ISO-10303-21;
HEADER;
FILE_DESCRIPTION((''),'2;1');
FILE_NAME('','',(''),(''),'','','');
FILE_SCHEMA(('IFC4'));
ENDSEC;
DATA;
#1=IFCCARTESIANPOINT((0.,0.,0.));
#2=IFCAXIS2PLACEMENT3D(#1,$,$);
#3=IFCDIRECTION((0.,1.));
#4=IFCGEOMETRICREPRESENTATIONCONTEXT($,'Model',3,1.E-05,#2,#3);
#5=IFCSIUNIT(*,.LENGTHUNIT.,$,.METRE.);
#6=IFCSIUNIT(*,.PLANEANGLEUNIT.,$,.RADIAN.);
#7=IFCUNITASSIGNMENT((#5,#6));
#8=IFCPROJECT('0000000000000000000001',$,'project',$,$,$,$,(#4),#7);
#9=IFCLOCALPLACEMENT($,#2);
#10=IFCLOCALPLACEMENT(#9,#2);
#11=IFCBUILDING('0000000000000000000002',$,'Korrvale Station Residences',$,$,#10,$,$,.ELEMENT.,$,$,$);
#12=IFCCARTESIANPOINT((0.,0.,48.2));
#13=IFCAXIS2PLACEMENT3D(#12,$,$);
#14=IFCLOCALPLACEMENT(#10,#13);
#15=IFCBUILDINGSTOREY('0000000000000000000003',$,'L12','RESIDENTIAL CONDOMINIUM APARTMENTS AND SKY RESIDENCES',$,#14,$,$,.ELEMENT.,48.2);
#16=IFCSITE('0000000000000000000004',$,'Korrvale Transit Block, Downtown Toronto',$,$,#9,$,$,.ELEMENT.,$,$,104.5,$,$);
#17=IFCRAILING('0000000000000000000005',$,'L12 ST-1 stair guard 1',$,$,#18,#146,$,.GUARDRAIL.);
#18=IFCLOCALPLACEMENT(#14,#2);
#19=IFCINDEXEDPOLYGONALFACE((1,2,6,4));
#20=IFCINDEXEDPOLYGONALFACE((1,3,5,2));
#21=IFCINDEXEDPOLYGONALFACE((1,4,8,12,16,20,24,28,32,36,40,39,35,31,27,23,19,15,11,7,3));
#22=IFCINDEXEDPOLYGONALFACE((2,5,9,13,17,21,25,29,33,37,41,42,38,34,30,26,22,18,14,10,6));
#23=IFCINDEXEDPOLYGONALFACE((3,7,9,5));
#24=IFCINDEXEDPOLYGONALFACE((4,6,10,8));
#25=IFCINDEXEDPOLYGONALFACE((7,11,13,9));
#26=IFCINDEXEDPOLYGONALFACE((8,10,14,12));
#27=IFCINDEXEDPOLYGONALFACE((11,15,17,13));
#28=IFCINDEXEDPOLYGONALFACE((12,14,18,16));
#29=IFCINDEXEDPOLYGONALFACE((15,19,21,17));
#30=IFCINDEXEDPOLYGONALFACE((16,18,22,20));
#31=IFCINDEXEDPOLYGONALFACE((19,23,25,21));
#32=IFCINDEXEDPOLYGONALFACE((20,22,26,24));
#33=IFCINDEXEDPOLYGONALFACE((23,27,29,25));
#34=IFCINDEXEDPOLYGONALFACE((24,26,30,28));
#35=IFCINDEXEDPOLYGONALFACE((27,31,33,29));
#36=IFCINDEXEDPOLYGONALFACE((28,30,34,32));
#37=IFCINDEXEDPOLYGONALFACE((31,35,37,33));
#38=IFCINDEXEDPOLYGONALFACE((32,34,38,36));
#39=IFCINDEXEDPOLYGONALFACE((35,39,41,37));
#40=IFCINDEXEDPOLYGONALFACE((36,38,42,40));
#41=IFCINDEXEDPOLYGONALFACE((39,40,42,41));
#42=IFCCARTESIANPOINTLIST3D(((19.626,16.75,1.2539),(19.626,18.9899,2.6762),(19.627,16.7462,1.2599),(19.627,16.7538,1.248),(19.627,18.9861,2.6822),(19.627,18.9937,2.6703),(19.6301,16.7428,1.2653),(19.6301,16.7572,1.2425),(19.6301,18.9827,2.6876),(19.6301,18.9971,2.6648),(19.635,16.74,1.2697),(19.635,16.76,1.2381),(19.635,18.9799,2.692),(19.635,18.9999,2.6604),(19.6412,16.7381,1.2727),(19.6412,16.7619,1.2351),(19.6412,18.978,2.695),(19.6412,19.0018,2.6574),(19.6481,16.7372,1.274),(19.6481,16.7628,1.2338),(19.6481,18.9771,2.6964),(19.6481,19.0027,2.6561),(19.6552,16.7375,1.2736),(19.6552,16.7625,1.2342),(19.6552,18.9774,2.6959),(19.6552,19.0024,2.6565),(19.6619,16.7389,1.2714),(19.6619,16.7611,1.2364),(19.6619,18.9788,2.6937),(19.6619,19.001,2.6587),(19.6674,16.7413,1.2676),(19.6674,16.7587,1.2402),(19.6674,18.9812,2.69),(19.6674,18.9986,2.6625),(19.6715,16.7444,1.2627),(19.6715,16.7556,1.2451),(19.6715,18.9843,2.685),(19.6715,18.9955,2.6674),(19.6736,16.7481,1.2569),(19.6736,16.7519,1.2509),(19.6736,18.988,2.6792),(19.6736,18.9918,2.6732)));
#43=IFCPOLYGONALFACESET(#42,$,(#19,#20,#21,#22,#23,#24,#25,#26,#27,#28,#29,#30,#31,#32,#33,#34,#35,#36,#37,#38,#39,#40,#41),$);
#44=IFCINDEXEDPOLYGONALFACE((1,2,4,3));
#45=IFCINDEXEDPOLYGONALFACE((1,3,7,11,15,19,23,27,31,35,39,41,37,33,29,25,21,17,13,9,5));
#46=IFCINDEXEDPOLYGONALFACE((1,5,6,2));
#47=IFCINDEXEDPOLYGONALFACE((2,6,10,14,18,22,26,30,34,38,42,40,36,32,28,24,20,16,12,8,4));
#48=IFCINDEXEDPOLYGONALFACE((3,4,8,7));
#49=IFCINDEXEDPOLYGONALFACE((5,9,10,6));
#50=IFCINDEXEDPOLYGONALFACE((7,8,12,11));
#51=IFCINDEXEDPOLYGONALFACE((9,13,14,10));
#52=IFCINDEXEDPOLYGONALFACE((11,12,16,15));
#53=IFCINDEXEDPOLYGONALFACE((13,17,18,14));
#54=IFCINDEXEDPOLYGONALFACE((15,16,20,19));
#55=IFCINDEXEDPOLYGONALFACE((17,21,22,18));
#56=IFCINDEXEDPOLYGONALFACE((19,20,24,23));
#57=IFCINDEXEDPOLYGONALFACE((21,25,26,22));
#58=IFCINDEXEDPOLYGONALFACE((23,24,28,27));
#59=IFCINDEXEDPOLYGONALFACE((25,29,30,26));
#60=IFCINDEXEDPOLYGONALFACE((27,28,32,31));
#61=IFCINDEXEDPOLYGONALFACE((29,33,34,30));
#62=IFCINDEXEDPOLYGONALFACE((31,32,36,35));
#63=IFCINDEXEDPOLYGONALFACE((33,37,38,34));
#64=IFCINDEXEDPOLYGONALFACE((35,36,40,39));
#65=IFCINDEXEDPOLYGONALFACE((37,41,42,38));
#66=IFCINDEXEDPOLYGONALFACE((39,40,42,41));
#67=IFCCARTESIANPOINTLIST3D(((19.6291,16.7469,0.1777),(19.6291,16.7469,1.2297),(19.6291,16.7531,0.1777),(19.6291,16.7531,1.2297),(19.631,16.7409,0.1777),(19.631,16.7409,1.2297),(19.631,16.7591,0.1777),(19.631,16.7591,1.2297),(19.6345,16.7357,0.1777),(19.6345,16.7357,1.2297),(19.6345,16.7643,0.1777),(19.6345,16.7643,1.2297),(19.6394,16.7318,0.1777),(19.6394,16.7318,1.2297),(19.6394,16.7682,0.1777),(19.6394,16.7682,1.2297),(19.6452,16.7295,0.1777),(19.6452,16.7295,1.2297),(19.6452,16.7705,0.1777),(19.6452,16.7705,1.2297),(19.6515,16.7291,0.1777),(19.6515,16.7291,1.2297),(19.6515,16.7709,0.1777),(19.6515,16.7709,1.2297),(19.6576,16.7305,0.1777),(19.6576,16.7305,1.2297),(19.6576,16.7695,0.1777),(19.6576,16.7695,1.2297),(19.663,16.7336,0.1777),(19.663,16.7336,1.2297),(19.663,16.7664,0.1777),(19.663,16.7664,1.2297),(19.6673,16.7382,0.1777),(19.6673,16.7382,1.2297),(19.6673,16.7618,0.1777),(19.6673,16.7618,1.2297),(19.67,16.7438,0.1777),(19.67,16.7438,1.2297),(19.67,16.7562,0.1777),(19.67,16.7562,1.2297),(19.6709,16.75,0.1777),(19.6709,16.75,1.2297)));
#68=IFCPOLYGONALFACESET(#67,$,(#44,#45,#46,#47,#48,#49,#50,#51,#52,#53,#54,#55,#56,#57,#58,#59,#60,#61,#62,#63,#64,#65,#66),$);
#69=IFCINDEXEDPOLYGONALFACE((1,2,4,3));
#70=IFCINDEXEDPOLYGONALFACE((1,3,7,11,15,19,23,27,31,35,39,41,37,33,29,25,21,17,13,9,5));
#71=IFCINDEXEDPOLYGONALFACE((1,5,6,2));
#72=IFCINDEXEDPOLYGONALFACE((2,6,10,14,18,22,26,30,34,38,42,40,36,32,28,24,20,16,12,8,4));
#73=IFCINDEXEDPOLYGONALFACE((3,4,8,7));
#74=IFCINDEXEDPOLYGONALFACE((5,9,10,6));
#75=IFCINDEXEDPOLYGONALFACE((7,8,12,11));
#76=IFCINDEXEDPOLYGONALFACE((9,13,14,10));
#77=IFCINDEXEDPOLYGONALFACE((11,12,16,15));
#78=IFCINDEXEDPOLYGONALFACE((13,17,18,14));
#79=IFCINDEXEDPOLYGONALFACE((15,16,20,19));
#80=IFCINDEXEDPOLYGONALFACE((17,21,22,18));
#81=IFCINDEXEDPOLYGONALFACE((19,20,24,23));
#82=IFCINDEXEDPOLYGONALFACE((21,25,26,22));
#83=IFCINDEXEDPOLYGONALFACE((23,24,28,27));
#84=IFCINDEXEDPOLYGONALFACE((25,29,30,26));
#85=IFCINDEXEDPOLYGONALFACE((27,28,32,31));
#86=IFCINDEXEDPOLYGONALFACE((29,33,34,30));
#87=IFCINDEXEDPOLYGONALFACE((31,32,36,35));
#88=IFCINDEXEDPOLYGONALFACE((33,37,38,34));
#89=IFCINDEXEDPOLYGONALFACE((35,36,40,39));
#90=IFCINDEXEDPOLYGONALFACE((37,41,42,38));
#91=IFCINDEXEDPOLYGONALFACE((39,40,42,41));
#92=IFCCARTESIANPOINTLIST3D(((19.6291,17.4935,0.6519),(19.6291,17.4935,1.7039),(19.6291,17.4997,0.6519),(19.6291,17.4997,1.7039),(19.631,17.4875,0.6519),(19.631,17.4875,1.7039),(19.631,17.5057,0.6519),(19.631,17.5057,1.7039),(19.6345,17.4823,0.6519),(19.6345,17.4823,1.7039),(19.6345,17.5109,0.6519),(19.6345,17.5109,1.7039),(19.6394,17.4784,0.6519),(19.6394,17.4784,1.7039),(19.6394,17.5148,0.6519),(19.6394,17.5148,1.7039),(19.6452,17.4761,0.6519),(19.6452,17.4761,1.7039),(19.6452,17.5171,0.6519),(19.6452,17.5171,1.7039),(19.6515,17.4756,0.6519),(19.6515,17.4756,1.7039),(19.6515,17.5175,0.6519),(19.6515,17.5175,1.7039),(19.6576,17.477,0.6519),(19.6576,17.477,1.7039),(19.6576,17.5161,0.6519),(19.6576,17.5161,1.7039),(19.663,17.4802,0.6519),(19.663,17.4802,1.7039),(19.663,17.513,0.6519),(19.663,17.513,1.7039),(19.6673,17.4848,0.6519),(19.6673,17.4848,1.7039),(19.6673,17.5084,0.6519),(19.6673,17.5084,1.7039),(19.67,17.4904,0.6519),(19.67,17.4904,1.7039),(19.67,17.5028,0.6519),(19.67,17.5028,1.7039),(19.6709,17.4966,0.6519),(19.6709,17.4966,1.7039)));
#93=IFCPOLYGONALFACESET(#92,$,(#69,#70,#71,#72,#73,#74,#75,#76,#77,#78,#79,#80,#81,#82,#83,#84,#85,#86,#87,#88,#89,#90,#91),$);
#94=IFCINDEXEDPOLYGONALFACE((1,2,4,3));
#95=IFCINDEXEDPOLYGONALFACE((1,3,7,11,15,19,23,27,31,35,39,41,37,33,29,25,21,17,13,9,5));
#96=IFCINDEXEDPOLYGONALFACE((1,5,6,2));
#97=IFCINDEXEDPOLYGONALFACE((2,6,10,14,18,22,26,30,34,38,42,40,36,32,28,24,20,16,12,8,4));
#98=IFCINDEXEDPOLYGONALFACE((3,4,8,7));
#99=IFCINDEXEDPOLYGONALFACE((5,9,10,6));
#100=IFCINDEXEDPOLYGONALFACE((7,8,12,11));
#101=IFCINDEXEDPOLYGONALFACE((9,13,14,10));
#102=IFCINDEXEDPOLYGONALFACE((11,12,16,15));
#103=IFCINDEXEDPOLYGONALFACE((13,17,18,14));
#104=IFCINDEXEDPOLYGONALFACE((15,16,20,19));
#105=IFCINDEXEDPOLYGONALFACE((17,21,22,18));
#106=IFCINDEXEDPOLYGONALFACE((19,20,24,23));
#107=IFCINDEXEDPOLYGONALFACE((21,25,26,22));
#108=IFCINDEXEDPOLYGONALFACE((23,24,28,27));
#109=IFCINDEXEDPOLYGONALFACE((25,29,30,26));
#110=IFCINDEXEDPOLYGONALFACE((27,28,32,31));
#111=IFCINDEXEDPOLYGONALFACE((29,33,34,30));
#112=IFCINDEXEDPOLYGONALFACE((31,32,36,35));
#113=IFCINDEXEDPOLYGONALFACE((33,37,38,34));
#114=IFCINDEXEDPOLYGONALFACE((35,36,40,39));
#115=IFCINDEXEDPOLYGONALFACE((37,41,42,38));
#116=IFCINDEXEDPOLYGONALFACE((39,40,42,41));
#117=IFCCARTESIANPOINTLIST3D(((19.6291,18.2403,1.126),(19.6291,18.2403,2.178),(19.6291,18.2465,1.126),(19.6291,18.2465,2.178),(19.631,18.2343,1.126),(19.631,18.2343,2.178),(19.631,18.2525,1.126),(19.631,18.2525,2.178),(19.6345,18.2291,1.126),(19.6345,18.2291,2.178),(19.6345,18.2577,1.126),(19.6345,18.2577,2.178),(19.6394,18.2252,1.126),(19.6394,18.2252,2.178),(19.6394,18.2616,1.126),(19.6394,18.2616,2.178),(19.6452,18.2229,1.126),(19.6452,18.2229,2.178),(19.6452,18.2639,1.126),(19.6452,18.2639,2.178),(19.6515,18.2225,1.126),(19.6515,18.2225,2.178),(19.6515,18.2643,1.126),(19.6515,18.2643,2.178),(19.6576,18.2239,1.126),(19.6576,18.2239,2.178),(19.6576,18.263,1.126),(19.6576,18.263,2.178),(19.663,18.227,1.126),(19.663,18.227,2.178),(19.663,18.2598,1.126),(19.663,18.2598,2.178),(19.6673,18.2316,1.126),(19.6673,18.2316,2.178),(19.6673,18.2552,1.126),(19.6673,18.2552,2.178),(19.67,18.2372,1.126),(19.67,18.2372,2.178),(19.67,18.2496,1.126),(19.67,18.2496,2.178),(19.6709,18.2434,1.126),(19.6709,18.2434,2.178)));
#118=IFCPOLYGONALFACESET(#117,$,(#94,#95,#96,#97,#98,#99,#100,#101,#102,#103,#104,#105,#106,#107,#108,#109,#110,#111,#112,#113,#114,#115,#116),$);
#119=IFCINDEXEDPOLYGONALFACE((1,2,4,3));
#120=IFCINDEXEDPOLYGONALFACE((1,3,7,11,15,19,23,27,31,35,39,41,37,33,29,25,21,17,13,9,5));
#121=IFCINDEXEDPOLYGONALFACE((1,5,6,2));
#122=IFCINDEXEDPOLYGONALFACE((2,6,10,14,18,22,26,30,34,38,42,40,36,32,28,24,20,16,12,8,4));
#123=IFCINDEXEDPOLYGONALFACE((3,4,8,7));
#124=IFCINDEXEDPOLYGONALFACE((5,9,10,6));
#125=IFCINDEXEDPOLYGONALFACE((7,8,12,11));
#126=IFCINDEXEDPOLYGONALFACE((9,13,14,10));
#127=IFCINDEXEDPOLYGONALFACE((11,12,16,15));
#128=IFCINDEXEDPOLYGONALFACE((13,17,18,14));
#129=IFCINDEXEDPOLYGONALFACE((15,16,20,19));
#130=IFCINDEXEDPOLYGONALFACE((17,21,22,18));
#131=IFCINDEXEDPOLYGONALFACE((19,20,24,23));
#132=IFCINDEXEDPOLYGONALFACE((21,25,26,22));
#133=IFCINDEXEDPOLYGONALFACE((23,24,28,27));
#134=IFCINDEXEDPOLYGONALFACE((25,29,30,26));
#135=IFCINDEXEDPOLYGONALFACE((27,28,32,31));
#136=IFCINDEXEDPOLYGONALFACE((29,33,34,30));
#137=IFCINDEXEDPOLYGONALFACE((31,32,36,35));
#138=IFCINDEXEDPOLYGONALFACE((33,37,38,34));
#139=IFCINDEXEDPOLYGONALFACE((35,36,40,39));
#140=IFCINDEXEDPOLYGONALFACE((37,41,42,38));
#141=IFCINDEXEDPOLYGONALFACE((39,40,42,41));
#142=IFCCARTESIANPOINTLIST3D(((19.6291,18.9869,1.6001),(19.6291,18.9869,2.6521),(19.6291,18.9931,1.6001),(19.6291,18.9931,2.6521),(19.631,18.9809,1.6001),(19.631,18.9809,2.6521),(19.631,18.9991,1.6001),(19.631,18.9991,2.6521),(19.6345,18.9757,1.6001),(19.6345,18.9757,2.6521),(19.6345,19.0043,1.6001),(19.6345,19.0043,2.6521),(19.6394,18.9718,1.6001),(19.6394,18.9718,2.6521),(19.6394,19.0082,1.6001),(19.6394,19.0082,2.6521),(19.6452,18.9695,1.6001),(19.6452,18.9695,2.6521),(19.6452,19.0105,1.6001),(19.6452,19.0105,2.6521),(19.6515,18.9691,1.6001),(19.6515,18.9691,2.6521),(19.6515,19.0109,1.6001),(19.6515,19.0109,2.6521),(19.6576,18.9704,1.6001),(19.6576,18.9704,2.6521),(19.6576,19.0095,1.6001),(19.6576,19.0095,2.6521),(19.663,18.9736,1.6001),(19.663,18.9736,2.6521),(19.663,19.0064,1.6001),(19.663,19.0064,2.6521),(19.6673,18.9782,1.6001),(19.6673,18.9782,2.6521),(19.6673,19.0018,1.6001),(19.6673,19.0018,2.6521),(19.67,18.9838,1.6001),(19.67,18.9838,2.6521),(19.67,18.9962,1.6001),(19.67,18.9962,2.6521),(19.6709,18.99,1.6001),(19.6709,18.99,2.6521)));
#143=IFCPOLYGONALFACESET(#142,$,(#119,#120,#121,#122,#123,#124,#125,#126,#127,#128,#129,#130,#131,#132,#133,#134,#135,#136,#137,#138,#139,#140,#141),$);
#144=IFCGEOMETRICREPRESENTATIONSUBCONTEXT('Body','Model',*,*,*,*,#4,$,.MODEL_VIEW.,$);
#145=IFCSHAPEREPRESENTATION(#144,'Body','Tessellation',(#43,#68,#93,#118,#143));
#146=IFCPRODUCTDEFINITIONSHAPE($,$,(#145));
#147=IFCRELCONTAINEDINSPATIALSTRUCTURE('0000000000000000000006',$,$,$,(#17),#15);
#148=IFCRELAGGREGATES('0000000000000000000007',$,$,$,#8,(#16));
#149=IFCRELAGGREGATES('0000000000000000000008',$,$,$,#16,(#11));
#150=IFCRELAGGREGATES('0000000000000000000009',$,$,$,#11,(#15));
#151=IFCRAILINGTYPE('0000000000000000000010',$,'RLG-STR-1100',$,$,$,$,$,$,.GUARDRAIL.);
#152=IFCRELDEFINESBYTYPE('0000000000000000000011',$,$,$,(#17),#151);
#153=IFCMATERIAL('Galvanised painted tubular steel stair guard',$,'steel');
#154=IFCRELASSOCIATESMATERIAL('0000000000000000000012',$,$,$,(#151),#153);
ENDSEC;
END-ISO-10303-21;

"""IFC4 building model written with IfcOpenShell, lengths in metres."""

from ifc_helpers import new_model, si_unit, direction, frame, origin, origin_2d, place, context, subcontext, project, spatial, circle, extrude, material, type_object, element, save


model = new_model("IFC4")

# Units and contexts
model_context = context("Model", 3, precision=1e-05, world=origin(), true_north=direction((0.0, 1.0)))
body_context = subcontext(model_context, "Body", "Model", "MODEL_VIEW")
ifc_project = project(units=[si_unit("LENGTHUNIT", "METRE"), si_unit("PLANEANGLEUNIT", "RADIAN")], contexts=[model_context])

# Site, building, storey
site_placement = place(None, origin())
site = spatial("IfcSite", under=ifc_project, at=site_placement, Name="Korrvale Transit Block, Downtown Toronto", CompositionType="ELEMENT", RefElevation=104.5)
building_placement = place(site_placement, origin())
building = spatial("IfcBuilding", under=site, at=building_placement, Name="Korrvale Station Residences", CompositionType="ELEMENT")
storey_placement = place(building_placement, frame((0.0, 0.0, 48.2)))
storey = spatial("IfcBuildingStorey", under=building, at=storey_placement, Name="L12", Description="RESIDENTIAL CONDOMINIUM APARTMENTS AND SKY RESIDENCES", CompositionType="ELEMENT", Elevation=48.2)

# Railing
ifc_material_1 = material(Name="Galvanised painted tubular steel stair guard", Category="steel")
railing_type_1 = type_object("IfcRailingType", Name="RLG-STR-1100", PredefinedType="GUARDRAIL", material=ifc_material_1)
railing_1_placement = place(storey_placement, frame((19.6499, 16.75, 0.1777)))
element("IfcRailing", 1, at=railing_1_placement, inside=storey, type_object=railing_type_1, Name="L12 ST-1 stair guard 1", PredefinedType="GUARDRAIL", context=body_context, shape_type="SweptSolid", body=[
    extrude(circle(Radius=0.0239, at=origin_2d()), frame((0.0, 0.0, 1.0762), z_axis=(0.0, 0.844188, 0.536048), x_axis=(-1.0, 0.0, 0.0)), (0.0, 0.0, 1.0), 2.6533),
    extrude(circle(Radius=0.021, at=origin_2d()), origin(), (0.0, 0.0, 1.0), 1.052),
    extrude(circle(Radius=0.021, at=origin_2d()), frame((0.0, 0.7466, 0.4741)), (0.0, 0.0, 1.0), 1.052),
    extrude(circle(Radius=0.021, at=origin_2d()), frame((0.0, 1.4934, 0.9482)), (0.0, 0.0, 1.0), 1.052),
    extrude(circle(Radius=0.021, at=origin_2d()), frame((0.0, 2.24, 1.4224)), (0.0, 0.0, 1.0), 1.052),
])

save(model, "model.ifc")
